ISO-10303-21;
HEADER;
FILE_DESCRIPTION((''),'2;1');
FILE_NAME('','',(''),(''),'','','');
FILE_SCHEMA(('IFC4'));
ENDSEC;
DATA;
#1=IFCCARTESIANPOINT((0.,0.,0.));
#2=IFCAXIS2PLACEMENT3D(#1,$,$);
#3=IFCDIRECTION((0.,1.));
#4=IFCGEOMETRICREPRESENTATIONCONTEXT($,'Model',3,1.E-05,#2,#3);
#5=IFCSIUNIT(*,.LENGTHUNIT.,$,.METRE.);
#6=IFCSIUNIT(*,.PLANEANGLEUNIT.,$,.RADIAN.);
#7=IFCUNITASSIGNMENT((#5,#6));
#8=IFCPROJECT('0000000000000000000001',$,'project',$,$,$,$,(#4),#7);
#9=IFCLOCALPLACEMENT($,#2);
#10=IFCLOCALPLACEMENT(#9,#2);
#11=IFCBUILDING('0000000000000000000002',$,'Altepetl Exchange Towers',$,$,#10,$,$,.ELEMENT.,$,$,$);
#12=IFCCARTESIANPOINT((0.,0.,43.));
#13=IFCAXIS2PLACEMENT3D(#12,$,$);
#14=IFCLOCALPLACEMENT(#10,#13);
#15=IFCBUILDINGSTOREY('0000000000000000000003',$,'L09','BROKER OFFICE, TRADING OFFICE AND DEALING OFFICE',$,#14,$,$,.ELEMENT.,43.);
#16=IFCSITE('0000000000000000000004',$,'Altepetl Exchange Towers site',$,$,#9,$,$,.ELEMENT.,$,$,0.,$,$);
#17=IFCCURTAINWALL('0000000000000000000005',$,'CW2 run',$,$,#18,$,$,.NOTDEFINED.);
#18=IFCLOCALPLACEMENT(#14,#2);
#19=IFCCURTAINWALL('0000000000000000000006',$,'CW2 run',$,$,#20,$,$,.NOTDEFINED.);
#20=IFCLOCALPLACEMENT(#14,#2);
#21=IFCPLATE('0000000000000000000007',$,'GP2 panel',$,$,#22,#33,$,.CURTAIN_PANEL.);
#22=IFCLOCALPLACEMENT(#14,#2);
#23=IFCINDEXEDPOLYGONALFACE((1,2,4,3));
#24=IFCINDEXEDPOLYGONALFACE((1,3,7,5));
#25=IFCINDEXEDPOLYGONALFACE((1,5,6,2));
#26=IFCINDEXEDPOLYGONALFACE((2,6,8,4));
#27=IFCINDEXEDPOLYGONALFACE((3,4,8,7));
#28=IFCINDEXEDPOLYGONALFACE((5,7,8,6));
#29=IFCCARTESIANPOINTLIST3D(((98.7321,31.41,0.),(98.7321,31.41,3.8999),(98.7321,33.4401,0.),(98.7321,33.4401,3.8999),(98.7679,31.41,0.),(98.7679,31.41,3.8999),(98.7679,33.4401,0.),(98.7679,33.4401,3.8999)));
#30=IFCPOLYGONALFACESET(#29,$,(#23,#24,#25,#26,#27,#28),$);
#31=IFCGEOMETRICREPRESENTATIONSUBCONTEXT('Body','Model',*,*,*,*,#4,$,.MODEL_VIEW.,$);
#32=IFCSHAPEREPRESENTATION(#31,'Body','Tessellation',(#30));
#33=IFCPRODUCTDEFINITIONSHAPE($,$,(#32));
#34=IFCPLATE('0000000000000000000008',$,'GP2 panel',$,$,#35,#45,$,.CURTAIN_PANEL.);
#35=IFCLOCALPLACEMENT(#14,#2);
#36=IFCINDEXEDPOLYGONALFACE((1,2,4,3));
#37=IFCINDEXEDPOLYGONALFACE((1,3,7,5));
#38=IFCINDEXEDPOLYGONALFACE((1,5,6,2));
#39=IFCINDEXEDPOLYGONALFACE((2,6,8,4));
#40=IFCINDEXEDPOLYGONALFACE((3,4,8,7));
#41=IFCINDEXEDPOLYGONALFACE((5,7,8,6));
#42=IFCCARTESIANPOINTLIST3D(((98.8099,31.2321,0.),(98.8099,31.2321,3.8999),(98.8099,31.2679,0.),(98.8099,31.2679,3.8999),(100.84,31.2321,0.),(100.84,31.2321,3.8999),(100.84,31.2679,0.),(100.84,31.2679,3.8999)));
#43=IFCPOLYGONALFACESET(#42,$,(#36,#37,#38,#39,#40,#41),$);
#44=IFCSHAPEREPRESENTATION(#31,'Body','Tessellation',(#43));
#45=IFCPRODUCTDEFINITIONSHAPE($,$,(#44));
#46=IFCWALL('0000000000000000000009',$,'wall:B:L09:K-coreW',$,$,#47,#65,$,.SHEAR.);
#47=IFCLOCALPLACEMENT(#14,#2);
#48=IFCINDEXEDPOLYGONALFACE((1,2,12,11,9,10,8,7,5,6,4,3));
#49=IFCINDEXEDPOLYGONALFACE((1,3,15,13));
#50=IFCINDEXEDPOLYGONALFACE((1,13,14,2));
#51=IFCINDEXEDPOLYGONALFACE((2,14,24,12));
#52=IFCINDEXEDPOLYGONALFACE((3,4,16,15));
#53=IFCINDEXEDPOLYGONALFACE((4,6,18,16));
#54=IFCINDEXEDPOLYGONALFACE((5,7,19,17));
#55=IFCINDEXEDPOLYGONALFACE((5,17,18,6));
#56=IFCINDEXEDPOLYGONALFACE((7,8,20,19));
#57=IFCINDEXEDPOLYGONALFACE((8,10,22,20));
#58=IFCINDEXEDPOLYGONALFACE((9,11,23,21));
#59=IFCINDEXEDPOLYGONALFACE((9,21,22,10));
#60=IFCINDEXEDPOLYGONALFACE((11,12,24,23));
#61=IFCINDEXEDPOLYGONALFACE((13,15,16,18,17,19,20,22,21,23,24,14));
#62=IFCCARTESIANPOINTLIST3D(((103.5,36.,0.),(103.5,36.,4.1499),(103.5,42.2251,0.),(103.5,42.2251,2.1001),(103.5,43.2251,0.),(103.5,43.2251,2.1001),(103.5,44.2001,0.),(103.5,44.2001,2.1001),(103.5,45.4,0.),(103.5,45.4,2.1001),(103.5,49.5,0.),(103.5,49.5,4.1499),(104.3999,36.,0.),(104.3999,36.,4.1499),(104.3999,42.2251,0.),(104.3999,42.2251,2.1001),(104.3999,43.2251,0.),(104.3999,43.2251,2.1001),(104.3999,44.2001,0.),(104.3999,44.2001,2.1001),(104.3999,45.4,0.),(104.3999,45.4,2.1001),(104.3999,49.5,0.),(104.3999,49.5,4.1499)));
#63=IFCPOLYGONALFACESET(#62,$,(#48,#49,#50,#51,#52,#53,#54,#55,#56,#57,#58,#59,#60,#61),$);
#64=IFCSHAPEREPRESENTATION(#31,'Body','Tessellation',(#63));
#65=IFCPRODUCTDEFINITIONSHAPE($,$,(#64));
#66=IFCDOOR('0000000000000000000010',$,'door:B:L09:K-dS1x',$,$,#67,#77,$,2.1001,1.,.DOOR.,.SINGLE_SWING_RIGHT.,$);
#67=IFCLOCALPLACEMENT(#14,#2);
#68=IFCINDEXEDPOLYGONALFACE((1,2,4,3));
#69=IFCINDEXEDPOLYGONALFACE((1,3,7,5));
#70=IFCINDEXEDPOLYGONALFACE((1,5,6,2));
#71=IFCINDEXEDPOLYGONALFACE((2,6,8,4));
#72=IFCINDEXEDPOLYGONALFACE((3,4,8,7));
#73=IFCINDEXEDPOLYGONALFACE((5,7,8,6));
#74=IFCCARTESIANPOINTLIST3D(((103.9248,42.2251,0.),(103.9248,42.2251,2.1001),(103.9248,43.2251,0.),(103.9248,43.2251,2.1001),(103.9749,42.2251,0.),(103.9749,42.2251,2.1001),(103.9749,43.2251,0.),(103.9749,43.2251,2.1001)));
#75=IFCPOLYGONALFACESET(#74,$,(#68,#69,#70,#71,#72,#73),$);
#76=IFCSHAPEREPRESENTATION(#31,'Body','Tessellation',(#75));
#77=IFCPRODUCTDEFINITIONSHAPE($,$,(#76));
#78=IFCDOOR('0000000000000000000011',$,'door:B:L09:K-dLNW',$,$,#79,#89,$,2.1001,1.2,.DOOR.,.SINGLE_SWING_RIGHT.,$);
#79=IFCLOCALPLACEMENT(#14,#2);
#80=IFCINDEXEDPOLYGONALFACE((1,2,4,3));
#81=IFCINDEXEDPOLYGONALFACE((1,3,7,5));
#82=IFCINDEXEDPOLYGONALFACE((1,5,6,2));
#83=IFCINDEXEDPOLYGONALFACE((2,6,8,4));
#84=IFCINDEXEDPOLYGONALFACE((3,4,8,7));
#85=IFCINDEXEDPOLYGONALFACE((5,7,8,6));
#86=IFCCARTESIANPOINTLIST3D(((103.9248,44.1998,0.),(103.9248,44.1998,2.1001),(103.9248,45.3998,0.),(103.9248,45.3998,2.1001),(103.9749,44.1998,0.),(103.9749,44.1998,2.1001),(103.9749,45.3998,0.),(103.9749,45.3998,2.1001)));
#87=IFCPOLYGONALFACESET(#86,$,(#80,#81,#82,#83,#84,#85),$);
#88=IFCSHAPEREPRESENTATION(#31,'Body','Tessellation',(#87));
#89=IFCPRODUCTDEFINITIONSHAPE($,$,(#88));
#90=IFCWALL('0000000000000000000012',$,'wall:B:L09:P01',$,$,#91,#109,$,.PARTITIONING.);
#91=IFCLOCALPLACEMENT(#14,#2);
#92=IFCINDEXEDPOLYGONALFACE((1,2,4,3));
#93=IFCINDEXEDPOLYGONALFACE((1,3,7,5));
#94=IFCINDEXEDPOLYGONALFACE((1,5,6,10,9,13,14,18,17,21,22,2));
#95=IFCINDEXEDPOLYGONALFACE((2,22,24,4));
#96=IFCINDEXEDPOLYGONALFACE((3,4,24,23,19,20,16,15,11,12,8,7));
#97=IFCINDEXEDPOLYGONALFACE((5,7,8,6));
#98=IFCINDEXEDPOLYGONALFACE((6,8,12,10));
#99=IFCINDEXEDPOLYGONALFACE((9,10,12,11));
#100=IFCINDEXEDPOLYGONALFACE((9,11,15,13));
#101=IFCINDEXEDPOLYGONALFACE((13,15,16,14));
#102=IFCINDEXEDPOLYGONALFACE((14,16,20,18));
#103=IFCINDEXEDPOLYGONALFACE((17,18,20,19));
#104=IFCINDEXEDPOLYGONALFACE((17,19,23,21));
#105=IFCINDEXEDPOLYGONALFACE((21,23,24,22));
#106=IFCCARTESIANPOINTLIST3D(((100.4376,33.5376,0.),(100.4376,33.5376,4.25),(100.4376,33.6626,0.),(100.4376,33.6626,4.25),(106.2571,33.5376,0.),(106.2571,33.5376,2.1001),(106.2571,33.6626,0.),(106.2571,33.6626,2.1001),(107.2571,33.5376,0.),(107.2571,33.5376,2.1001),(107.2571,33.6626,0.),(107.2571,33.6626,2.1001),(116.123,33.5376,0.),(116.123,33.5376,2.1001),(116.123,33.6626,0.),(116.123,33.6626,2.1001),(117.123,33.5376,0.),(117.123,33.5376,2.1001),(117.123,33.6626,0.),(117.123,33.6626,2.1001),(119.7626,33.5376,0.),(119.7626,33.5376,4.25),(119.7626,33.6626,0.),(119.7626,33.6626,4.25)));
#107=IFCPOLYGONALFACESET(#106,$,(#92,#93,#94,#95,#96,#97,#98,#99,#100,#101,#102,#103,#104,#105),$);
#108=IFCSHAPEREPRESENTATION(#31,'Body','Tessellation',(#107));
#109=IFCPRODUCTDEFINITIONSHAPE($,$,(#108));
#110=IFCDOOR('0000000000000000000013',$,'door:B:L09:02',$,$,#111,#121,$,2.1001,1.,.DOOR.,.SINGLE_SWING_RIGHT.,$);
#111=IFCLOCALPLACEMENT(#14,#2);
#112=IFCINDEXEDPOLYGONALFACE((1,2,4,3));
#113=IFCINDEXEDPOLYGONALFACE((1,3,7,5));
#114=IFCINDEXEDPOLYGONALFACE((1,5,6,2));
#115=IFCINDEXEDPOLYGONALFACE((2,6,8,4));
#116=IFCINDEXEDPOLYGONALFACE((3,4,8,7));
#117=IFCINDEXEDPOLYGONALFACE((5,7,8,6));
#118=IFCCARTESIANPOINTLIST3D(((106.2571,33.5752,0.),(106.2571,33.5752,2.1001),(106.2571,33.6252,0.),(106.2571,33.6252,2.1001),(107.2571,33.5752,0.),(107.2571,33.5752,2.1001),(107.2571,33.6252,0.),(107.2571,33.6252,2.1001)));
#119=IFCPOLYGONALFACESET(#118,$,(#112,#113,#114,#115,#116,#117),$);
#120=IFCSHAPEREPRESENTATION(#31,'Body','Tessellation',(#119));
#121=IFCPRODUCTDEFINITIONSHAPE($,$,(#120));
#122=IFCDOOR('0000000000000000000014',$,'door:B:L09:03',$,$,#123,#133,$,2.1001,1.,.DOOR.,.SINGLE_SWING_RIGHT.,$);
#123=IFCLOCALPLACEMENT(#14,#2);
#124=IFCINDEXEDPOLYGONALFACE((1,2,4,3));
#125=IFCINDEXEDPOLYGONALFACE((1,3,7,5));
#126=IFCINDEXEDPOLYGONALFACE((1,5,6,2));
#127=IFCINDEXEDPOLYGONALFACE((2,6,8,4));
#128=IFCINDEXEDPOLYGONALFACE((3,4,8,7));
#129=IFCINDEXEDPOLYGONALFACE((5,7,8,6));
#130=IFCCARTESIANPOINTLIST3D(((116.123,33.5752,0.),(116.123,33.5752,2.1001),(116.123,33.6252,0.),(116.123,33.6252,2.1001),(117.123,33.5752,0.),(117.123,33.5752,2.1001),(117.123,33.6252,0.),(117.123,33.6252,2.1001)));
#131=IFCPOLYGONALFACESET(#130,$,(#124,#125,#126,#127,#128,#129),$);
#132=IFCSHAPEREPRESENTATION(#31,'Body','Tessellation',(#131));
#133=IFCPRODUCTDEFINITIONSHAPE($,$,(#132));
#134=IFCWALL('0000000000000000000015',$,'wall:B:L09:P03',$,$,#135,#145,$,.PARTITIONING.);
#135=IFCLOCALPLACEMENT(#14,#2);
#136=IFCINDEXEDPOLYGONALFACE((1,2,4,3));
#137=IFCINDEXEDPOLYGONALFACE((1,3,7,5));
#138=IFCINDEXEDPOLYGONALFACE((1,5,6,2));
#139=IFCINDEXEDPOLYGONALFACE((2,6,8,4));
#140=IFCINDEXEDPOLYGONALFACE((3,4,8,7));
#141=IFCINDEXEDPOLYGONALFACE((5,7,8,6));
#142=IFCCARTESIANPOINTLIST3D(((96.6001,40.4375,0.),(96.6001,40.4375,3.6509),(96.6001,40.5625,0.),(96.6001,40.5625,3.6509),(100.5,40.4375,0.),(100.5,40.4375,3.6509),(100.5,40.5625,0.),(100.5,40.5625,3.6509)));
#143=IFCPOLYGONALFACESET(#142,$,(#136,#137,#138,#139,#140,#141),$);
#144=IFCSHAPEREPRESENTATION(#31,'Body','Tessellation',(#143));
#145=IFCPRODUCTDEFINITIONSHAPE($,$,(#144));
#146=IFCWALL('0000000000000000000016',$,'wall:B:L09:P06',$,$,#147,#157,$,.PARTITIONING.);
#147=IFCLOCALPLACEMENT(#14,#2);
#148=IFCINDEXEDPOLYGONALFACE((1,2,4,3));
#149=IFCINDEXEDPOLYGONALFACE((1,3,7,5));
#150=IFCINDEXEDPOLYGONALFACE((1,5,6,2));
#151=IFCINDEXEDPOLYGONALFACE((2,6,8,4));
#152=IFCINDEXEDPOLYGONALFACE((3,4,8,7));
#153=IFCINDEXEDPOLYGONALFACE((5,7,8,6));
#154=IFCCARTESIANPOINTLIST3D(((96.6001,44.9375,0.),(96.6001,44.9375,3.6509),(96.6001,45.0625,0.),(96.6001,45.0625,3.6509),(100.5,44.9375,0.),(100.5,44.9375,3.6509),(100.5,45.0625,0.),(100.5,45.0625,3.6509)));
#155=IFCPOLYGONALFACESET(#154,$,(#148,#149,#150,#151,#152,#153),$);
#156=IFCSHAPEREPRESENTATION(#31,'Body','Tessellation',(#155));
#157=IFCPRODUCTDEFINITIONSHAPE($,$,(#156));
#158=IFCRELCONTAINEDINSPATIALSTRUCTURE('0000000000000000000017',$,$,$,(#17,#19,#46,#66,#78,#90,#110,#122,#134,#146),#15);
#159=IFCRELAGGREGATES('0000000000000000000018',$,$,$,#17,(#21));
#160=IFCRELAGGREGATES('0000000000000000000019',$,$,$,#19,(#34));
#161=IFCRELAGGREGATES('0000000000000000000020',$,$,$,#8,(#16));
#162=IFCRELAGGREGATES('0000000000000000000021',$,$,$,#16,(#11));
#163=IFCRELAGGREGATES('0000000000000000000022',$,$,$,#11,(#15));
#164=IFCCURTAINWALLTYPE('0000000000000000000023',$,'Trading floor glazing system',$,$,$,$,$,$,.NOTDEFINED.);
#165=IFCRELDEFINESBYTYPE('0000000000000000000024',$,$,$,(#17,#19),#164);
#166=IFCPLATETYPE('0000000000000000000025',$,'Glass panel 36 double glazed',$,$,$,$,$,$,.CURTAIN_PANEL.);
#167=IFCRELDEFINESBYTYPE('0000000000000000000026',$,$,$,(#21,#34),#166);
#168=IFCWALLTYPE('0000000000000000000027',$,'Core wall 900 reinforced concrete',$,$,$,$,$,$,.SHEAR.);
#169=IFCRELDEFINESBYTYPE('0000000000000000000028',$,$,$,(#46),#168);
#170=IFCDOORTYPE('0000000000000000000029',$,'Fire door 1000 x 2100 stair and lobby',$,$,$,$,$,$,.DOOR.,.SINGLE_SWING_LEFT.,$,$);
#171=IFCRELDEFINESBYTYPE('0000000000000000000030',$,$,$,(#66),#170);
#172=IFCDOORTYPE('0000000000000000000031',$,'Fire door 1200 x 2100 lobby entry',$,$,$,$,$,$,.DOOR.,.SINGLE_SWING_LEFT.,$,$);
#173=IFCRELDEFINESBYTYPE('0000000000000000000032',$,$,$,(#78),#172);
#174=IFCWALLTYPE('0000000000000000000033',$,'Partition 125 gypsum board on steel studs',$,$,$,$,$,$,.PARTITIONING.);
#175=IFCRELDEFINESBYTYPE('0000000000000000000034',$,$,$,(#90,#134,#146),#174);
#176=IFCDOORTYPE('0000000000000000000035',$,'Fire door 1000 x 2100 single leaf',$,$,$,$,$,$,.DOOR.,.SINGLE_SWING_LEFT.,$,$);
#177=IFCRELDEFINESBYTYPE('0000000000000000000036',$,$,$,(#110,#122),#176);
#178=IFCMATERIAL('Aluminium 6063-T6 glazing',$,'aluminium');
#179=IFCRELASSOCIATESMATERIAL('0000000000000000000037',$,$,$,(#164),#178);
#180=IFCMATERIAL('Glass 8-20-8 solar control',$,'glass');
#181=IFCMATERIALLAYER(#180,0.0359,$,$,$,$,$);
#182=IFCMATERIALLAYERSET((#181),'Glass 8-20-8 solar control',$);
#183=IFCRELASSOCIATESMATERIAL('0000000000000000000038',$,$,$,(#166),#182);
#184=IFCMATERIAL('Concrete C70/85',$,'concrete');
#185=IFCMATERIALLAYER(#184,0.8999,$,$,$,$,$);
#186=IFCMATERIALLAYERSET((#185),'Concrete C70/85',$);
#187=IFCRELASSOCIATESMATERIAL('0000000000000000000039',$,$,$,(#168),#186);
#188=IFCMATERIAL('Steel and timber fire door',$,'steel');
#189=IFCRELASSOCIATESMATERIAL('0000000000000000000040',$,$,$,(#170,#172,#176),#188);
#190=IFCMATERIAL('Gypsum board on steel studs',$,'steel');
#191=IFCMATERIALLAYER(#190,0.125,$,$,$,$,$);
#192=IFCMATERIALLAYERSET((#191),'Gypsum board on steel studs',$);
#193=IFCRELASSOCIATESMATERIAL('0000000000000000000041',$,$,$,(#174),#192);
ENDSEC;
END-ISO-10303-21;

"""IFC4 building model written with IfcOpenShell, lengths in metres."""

from ifc_helpers import new_model, si_unit, direction, frame, frame_2d, origin, origin_2d, place, context, subcontext, project, spatial, rectangle, extrude, material, layer, layer_set, type_object, element, fill, aggregate, save


model = new_model("IFC4")

# Units and contexts
model_context = context("Model", 3, precision=1e-05, world=origin(), true_north=direction((0.0, 1.0)))
body_context = subcontext(model_context, "Body", "Model", "MODEL_VIEW")
ifc_project = project(units=[si_unit("LENGTHUNIT", "METRE"), si_unit("PLANEANGLEUNIT", "RADIAN")], contexts=[model_context])

# Site, building, storey
site_placement = place(None, origin())
site = spatial("IfcSite", under=ifc_project, at=site_placement, Name="Altepetl Exchange Towers site", CompositionType="ELEMENT", RefElevation=0.0)
building_placement = place(site_placement, origin())
building = spatial("IfcBuilding", under=site, at=building_placement, Name="Altepetl Exchange Towers", CompositionType="ELEMENT")
storey_placement = place(building_placement, frame((0.0, 0.0, 43.0)))
storey = spatial("IfcBuildingStorey", under=building, at=storey_placement, Name="L09", Description="BROKER OFFICE, TRADING OFFICE AND DEALING OFFICE", CompositionType="ELEMENT", Elevation=43.0)

# Shared definitions
ifc_material_1 = material(Name="Concrete C70/85", Category="concrete")

# Shared definitions
ifc_material_2 = material(Name="Aluminium 6063-T6 glazing", Category="aluminium")
curtain_wall_type = type_object("IfcCurtainWallType", Name="Trading floor glazing system", PredefinedType="NOTDEFINED", material=ifc_material_2)

# Curtain wall
curtain_wall_1_placement = place(storey_placement, origin())
curtain_wall_1 = element("IfcCurtainWall", 1, at=curtain_wall_1_placement, inside=storey, type_object=curtain_wall_type, Name="CW2 run", PredefinedType="NOTDEFINED")

# Curtain wall
curtain_wall_2_placement = place(storey_placement, origin())
curtain_wall_2 = element("IfcCurtainWall", 2, at=curtain_wall_2_placement, inside=storey, type_object=curtain_wall_type, Name="CW2 run", PredefinedType="NOTDEFINED")

# Plates
ifc_material_3 = material(Name="Glass 8-20-8 solar control", Category="glass")
ifc_layer_1 = layer(ifc_material_3, 0.0359)
ifc_layer_set_1 = layer_set([ifc_layer_1], Name="Glass 8-20-8 solar control")
plate_type = type_object("IfcPlateType", Name="Glass panel 36 double glazed", PredefinedType="CURTAIN_PANEL", material=ifc_layer_set_1)
plate_1_placement = place(storey_placement, frame((98.75, 32.425, 0.0), z_axis=(0.0, 0.0, 1.0), x_axis=(0.0, -1.0, 0.0)))
plate_1 = element("IfcPlate", 3, at=plate_1_placement, type_object=plate_type, Name="GP2 panel", PredefinedType="CURTAIN_PANEL", context=body_context, shape_type="SweptSolid", body=[
    extrude(rectangle(XDim=2.03, YDim=0.0359, at=origin_2d()), origin(), (0.0, 0.0, 1.0), 3.8999),
])
aggregate(curtain_wall_1, [plate_1])
plate_2_placement = place(storey_placement, frame((99.825, 31.25, 0.0)))
plate_2 = element("IfcPlate", 4, at=plate_2_placement, type_object=plate_type, Name="GP2 panel", PredefinedType="CURTAIN_PANEL", context=body_context, shape_type="SweptSolid", body=[
    extrude(rectangle(XDim=2.03, YDim=0.0359, at=origin_2d()), origin(), (0.0, 0.0, 1.0), 3.8999),
])
aggregate(curtain_wall_2, [plate_2])

# Walls, openings, doors
ifc_layer_2 = layer(ifc_material_1, 0.8999)
ifc_layer_set_2 = layer_set([ifc_layer_2], Name="Concrete C70/85")
wall_type_1 = type_object("IfcWallType", Name="Core wall 900 reinforced concrete", PredefinedType="SHEAR", material=ifc_layer_set_2)
wall_1_placement = place(storey_placement, frame((103.95, 36.0, 0.0), z_axis=(0.0, 0.0, 1.0), x_axis=(0.0, 1.0, 0.0)))
wall_1 = element("IfcWall", 5, at=wall_1_placement, inside=storey, type_object=wall_type_1, Name="wall:B:L09:K-coreW", PredefinedType="SHEAR", context=body_context, shape_type="SweptSolid", body=[
    extrude(rectangle(XDim=13.5, YDim=0.8999, at=frame_2d((6.75, 0.0))), origin(), (0.0, 0.0, 1.0), 4.1499),
])
opening_1_placement = place(wall_1_placement, frame((8.2, 0.0, 0.0)))
opening_1 = element("IfcOpeningElement", 6, at=opening_1_placement, cuts=wall_1, PredefinedType="OPENING", context=body_context, shape_type="SweptSolid", body=[
    extrude(rectangle(XDim=1.2, YDim=2.1001, at=frame_2d((0.6001, 1.05))), frame((0.0, 0.46, 0.0), z_axis=(0.0, -1.0, 0.0), x_axis=(1.0, 0.0, 0.0)), (0.0, 0.0, 1.0), 0.9199),
])
opening_2_placement = place(wall_1_placement, frame((6.2251, 0.0, 0.0)))
opening_2 = element("IfcOpeningElement", 7, at=opening_2_placement, cuts=wall_1, PredefinedType="OPENING", context=body_context, shape_type="SweptSolid", body=[
    extrude(rectangle(XDim=1.0, YDim=2.1001, at=frame_2d((0.5, 1.05))), frame((0.0, 0.46, 0.0), z_axis=(0.0, -1.0, 0.0), x_axis=(1.0, 0.0, 0.0)), (0.0, 0.0, 1.0), 0.9199),
])
ifc_material_4 = material(Name="Steel and timber fire door", Category="steel")
door_type_1 = type_object("IfcDoorType", Name="Fire door 1000 x 2100 stair and lobby", OperationType="SINGLE_SWING_LEFT", PredefinedType="DOOR", material=ifc_material_4)
door_1_placement = place(opening_2_placement, frame((1.0, 0.0, 0.0), x_axis=(-1.0, 0.0, 0.0)))
door_1 = element("IfcDoor", 8, at=door_1_placement, inside=storey, type_object=door_type_1, Name="door:B:L09:K-dS1x", OperationType="SINGLE_SWING_RIGHT", OverallHeight=2.1001, OverallWidth=1.0, PredefinedType="DOOR", context=body_context, shape_type="SweptSolid", body=[
    extrude(rectangle(XDim=1.0, YDim=2.1001, at=frame_2d((0.5, 1.05))), frame((0.0, 0.0249, 0.0), z_axis=(0.0, -1.0, 0.0), x_axis=(1.0, 0.0, 0.0)), (0.0, 0.0, 1.0), 0.05),
])
fill(opening_2, door_1)
door_type_2 = type_object("IfcDoorType", Name="Fire door 1200 x 2100 lobby entry", OperationType="SINGLE_SWING_LEFT", PredefinedType="DOOR", material=ifc_material_4)
door_2_placement = place(opening_1_placement, frame((1.2, 0.0, 0.0), x_axis=(-1.0, 0.0, 0.0)))
door_2 = element("IfcDoor", 9, at=door_2_placement, inside=storey, type_object=door_type_2, Name="door:B:L09:K-dLNW", OperationType="SINGLE_SWING_RIGHT", OverallHeight=2.1001, OverallWidth=1.2, PredefinedType="DOOR", context=body_context, shape_type="SweptSolid", body=[
    extrude(rectangle(XDim=1.2, YDim=2.1001, at=frame_2d((0.6001, 1.05))), frame((0.0, 0.0249, 0.0), z_axis=(0.0, -1.0, 0.0), x_axis=(1.0, 0.0, 0.0)), (0.0, 0.0, 1.0), 0.05),
])
fill(opening_1, door_2)
ifc_material_5 = material(Name="Gypsum board on steel studs", Category="steel")
ifc_layer_3 = layer(ifc_material_5, 0.125)
ifc_layer_set_3 = layer_set([ifc_layer_3], Name="Gypsum board on steel studs")
wall_type_2 = type_object("IfcWallType", Name="Partition 125 gypsum board on steel studs", PredefinedType="PARTITIONING", material=ifc_layer_set_3)
wall_2_placement = place(storey_placement, frame((100.4375, 33.6001, 0.0)))
wall_2 = element("IfcWall", 10, at=wall_2_placement, inside=storey, type_object=wall_type_2, Name="wall:B:L09:P01", PredefinedType="PARTITIONING", context=body_context, shape_type="SweptSolid", body=[
    extrude(rectangle(XDim=19.325, YDim=0.125, at=frame_2d((9.6626, 0.0))), origin(), (0.0, 0.0, 1.0), 4.25),
])
opening_3_placement = place(wall_2_placement, frame((5.8196, 0.0, 0.0)))
opening_3 = element("IfcOpeningElement", 11, at=opening_3_placement, cuts=wall_2, PredefinedType="OPENING", context=body_context, shape_type="SweptSolid", body=[
    extrude(rectangle(XDim=1.0, YDim=2.1001, at=frame_2d((0.5, 1.05))), frame((0.0, 0.0725, 0.0), z_axis=(0.0, -1.0, 0.0), x_axis=(1.0, 0.0, 0.0)), (0.0, 0.0, 1.0), 0.145),
])
opening_4_placement = place(wall_2_placement, frame((15.6855, 0.0, 0.0)))
opening_4 = element("IfcOpeningElement", 12, at=opening_4_placement, cuts=wall_2, PredefinedType="OPENING", context=body_context, shape_type="SweptSolid", body=[
    extrude(rectangle(XDim=1.0, YDim=2.1001, at=frame_2d((0.5, 1.05))), frame((0.0, 0.0725, 0.0), z_axis=(0.0, -1.0, 0.0), x_axis=(1.0, 0.0, 0.0)), (0.0, 0.0, 1.0), 0.145),
])
door_type_3 = type_object("IfcDoorType", Name="Fire door 1000 x 2100 single leaf", OperationType="SINGLE_SWING_LEFT", PredefinedType="DOOR", material=ifc_material_4)
door_3_placement = place(opening_3_placement, frame((1.0, 0.0, 0.0), x_axis=(-1.0, 0.0, 0.0)))
door_3 = element("IfcDoor", 13, at=door_3_placement, inside=storey, type_object=door_type_3, Name="door:B:L09:02", OperationType="SINGLE_SWING_RIGHT", OverallHeight=2.1001, OverallWidth=1.0, PredefinedType="DOOR", context=body_context, shape_type="SweptSolid", body=[
    extrude(rectangle(XDim=1.0, YDim=2.1001, at=frame_2d((0.5, 1.05))), frame((0.0, 0.0249, 0.0), z_axis=(0.0, -1.0, 0.0), x_axis=(1.0, 0.0, 0.0)), (0.0, 0.0, 1.0), 0.05),
])
fill(opening_3, door_3)
door_4_placement = place(opening_4_placement, frame((1.0, 0.0, 0.0), x_axis=(-1.0, 0.0, 0.0)))
door_4 = element("IfcDoor", 14, at=door_4_placement, inside=storey, type_object=door_type_3, Name="door:B:L09:03", OperationType="SINGLE_SWING_RIGHT", OverallHeight=2.1001, OverallWidth=1.0, PredefinedType="DOOR", context=body_context, shape_type="SweptSolid", body=[
    extrude(rectangle(XDim=1.0, YDim=2.1001, at=frame_2d((0.5, 1.05))), frame((0.0, 0.0249, 0.0), z_axis=(0.0, -1.0, 0.0), x_axis=(1.0, 0.0, 0.0)), (0.0, 0.0, 1.0), 0.05),
])
fill(opening_4, door_4)

# Walls
for number, where, name in (
    (15, (96.6001, 40.5, 0.0), "wall:B:L09:P03"),
    (16, (96.6001, 45.0, 0.0), "wall:B:L09:P06"),
):
    element("IfcWall", number, at=place(storey_placement, frame(where)), inside=storey, type_object=wall_type_2, Name=name, PredefinedType="PARTITIONING", context=body_context, shape_type="SweptSolid", body=[
        extrude(rectangle(XDim=3.8999, YDim=0.125, at=frame_2d((1.95, 0.0))), origin(), (0.0, 0.0, 1.0), 3.6509),
    ])

save(model, "model.ifc")
